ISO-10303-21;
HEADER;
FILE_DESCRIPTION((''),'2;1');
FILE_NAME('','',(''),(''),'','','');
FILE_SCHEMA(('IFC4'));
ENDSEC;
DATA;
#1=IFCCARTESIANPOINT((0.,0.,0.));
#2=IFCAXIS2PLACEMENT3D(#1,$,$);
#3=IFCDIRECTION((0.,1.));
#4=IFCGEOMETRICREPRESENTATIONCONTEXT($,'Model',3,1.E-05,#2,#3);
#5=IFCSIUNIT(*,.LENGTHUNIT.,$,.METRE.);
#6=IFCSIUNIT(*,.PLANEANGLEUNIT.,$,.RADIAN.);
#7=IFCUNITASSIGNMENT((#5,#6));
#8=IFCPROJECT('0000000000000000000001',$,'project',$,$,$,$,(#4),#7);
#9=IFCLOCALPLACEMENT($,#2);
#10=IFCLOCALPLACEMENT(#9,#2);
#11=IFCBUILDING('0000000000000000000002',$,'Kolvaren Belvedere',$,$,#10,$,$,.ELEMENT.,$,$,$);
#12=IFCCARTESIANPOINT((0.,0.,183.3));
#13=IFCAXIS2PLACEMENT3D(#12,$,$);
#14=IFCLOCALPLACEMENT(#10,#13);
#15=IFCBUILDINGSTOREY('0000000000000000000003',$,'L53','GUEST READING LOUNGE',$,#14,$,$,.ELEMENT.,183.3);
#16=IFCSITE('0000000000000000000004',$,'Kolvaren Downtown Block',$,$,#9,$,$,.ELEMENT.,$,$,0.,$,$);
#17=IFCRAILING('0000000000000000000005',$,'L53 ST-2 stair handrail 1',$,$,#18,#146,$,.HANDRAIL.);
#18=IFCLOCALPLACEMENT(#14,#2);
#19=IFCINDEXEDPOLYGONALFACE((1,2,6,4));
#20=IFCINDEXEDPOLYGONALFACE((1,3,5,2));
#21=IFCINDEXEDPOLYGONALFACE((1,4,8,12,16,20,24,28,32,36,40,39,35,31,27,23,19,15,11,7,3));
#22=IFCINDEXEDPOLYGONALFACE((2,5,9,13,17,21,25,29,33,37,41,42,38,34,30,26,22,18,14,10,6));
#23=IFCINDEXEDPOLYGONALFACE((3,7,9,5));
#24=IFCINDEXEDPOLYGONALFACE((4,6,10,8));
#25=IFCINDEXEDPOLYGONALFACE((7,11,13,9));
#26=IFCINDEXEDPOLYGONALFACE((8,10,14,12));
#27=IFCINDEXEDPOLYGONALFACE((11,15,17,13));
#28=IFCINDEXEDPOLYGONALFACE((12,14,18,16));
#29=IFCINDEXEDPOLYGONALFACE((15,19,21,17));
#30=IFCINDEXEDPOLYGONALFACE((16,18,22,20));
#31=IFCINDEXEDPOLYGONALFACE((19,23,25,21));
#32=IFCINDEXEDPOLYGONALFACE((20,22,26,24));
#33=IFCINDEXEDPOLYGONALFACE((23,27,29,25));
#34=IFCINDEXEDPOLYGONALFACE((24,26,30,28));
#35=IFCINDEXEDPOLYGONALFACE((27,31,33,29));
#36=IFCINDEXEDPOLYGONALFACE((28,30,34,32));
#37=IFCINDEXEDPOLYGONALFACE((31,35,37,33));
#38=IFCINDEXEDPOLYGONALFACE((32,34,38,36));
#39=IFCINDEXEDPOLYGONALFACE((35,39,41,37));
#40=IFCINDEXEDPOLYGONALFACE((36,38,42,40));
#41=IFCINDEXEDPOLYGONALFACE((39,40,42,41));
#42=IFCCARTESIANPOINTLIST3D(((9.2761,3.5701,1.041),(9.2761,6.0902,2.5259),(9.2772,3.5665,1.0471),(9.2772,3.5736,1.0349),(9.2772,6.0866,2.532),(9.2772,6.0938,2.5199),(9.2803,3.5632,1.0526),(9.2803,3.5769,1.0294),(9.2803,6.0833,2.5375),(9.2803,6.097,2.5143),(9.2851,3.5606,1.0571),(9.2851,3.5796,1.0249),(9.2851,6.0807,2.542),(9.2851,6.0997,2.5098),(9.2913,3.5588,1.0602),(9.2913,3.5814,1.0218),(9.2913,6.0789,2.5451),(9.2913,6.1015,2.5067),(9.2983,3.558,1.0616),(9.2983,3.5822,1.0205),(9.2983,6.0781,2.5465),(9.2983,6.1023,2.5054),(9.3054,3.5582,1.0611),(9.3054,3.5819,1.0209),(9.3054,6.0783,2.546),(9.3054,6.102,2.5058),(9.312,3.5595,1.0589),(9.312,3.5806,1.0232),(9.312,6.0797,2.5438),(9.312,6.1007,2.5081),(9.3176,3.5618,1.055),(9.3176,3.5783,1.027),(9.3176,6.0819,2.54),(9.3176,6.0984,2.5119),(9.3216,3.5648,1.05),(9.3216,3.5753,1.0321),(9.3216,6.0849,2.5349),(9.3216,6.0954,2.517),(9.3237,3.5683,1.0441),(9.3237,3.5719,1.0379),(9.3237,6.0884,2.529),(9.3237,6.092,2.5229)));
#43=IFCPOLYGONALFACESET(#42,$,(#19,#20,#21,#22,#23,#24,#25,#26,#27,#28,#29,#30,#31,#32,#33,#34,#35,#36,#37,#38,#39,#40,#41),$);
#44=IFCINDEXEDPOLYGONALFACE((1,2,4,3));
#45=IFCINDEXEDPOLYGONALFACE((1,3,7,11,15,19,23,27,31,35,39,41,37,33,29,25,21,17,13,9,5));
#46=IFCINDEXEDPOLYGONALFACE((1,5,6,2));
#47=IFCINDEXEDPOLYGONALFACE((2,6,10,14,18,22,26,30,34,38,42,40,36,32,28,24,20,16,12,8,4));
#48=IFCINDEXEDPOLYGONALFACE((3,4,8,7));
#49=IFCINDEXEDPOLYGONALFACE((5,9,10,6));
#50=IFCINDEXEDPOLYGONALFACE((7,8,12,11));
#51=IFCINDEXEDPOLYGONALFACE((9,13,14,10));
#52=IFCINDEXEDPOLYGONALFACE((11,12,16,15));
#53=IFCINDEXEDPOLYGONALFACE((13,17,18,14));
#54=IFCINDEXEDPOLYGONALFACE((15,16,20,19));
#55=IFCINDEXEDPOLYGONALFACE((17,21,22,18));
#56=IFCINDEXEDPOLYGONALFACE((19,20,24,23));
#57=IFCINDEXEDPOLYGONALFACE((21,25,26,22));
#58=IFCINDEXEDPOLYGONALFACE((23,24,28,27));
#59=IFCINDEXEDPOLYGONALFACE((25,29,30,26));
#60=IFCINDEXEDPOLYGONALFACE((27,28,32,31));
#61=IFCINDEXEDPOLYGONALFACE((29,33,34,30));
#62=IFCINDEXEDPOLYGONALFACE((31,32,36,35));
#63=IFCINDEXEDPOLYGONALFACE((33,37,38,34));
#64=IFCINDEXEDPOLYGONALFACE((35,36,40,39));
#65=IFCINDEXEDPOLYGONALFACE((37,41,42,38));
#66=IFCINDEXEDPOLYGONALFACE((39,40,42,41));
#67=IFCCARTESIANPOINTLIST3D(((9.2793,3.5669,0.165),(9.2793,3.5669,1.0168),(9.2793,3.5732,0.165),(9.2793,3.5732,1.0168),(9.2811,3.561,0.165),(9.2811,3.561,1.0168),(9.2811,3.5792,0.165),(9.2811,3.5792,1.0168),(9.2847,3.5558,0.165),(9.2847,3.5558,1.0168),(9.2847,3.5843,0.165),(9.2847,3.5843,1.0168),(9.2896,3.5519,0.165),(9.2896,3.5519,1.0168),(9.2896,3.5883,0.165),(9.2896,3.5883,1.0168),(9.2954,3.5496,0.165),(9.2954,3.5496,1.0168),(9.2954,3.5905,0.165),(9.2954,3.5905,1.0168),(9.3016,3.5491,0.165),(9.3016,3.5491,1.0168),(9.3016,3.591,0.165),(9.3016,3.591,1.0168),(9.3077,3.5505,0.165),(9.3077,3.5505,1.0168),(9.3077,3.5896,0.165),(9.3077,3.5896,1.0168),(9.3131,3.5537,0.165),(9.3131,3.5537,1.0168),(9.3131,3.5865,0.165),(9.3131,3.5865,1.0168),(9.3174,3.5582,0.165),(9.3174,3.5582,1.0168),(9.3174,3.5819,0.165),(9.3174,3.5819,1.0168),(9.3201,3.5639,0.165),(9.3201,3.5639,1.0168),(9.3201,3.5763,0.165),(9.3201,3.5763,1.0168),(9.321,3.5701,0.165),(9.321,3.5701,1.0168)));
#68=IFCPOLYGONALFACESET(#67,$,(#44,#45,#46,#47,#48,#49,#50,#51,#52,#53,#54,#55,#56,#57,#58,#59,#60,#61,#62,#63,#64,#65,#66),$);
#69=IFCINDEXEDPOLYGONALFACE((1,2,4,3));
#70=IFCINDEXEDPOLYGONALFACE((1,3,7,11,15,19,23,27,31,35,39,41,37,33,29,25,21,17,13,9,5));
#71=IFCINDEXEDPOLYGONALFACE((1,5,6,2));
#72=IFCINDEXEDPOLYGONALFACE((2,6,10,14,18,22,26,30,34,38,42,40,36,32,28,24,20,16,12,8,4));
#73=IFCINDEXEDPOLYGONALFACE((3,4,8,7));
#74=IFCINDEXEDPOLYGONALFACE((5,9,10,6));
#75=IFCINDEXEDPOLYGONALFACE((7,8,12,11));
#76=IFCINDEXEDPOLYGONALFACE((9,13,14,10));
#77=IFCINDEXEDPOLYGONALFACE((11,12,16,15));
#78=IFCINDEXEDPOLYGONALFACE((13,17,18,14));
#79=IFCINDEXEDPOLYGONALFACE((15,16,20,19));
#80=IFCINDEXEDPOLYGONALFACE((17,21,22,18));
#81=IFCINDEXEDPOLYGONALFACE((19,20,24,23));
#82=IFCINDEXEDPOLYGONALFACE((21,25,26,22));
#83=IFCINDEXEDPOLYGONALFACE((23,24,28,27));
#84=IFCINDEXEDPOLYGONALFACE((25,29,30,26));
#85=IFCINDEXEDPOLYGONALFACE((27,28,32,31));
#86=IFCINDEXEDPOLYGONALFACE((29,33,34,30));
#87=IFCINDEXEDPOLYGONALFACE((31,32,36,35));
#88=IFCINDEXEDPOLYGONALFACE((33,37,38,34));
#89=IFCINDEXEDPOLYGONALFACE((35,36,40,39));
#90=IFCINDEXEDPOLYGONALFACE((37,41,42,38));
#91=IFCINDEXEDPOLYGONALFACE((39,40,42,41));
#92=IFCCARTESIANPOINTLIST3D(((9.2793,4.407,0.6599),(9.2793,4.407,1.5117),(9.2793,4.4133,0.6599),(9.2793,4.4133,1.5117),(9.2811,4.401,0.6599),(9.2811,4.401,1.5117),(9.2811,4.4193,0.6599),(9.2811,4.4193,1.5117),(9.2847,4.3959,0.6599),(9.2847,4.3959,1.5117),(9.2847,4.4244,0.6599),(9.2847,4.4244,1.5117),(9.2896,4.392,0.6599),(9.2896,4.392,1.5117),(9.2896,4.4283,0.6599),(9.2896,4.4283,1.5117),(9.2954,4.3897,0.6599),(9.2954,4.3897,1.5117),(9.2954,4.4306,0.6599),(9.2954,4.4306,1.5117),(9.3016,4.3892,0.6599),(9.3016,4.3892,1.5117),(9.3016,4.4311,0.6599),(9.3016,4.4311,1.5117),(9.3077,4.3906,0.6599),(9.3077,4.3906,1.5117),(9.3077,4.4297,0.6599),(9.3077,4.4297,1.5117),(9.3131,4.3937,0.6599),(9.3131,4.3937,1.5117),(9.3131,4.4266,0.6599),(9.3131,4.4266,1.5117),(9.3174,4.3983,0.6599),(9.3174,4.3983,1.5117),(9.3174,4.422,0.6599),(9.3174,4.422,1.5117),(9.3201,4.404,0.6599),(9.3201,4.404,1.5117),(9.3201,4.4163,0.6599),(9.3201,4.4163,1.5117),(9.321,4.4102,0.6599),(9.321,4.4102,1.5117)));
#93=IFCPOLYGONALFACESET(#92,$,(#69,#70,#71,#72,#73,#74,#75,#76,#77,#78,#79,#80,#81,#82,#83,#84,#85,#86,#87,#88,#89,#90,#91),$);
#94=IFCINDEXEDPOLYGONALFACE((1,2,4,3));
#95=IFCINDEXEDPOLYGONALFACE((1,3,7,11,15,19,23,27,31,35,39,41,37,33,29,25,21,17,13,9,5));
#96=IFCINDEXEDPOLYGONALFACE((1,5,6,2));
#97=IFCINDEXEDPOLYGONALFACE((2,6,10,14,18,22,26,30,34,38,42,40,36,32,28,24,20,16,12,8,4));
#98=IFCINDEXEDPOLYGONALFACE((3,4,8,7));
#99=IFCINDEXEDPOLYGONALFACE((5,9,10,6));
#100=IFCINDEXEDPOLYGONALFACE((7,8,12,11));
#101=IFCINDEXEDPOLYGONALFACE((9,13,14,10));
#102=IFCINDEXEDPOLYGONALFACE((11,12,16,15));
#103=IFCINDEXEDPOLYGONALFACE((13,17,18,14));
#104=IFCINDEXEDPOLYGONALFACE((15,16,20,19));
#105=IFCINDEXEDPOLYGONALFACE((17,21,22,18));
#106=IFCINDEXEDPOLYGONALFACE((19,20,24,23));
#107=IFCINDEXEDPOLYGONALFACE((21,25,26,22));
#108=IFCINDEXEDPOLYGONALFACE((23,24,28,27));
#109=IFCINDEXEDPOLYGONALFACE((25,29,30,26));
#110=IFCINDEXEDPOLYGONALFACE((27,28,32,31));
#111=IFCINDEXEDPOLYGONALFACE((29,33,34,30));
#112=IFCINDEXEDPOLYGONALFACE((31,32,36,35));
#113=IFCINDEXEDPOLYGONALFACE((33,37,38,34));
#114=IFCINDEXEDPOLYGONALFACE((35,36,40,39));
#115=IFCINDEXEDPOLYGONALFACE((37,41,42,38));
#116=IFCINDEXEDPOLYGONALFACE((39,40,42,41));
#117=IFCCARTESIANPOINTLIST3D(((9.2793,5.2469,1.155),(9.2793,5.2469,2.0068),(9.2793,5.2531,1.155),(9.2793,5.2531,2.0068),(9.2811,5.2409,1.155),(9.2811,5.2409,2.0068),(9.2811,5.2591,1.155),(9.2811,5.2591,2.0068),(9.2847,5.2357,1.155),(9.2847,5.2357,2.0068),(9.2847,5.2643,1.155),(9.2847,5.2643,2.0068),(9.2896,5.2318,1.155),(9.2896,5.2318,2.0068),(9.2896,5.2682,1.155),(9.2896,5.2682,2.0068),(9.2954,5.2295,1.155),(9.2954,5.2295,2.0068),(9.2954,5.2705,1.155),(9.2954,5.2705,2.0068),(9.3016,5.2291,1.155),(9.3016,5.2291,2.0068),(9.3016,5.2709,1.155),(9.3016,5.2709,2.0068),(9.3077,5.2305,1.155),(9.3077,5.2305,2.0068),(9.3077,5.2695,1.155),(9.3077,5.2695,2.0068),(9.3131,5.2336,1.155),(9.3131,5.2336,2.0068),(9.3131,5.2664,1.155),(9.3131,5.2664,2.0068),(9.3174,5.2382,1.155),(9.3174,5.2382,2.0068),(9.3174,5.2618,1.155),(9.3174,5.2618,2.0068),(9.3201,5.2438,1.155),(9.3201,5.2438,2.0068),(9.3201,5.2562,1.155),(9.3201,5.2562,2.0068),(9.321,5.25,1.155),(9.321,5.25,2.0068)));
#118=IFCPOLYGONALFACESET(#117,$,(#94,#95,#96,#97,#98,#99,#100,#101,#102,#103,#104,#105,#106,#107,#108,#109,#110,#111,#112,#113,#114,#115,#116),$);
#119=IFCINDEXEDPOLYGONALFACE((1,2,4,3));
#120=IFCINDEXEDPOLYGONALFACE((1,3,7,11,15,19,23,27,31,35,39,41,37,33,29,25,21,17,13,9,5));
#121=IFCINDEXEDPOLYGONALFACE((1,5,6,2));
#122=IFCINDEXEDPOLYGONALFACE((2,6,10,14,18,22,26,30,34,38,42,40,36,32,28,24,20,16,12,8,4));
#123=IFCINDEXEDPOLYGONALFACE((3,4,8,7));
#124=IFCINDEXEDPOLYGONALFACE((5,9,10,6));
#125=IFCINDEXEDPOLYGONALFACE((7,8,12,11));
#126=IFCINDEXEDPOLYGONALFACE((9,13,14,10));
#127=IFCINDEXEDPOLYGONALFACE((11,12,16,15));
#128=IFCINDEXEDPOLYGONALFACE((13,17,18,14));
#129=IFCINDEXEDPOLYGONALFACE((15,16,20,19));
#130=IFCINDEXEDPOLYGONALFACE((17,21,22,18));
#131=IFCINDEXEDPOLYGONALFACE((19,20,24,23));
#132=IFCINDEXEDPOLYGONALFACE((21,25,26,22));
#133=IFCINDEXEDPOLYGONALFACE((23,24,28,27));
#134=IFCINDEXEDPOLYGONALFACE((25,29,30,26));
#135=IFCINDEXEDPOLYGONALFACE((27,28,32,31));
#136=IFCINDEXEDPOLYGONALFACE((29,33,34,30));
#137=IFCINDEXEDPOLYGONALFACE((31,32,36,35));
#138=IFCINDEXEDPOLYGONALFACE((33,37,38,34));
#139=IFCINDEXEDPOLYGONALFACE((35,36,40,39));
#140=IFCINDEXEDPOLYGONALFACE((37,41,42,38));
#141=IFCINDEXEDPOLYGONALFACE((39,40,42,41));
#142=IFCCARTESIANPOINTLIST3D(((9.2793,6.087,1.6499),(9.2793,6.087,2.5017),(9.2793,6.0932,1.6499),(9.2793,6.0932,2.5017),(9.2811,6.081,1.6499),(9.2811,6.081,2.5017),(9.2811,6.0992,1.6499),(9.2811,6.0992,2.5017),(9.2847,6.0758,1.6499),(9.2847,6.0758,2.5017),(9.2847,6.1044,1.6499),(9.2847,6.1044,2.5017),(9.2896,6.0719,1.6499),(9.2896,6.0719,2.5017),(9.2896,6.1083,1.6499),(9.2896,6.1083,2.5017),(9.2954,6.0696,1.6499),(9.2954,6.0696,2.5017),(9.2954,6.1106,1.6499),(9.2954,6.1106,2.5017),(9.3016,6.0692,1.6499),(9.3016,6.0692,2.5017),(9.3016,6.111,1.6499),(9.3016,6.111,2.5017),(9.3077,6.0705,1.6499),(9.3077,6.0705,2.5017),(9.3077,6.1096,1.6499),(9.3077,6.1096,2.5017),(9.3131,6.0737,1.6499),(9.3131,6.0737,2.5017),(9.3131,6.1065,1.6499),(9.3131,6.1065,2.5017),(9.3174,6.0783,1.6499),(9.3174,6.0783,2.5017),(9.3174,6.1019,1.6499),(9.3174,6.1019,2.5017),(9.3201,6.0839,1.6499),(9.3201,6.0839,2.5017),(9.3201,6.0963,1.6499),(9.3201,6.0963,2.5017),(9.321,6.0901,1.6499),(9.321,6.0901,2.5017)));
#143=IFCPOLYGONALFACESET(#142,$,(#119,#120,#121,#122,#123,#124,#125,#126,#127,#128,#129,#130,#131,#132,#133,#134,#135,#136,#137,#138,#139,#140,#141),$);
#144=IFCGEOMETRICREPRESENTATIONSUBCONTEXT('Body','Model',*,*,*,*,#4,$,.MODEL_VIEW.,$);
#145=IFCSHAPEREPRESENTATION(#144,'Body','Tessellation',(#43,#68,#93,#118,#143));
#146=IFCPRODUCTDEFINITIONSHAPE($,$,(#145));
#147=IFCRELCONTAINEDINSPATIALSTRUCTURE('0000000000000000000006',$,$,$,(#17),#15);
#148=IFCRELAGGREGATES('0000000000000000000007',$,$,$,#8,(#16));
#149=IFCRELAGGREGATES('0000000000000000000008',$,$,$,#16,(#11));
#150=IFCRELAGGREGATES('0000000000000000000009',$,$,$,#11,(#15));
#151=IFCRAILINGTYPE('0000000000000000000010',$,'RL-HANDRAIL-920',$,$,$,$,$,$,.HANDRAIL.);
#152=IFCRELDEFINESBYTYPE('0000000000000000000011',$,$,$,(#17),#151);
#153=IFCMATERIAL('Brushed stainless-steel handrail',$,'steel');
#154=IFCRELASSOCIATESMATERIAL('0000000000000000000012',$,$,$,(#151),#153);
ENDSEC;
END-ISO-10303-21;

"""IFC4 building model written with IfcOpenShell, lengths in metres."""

from ifc_helpers import new_model, si_unit, direction, frame, origin, origin_2d, place, context, subcontext, project, spatial, circle, extrude, material, type_object, element, save


model = new_model("IFC4")

# Units and contexts
model_context = context("Model", 3, precision=1e-05, world=origin(), true_north=direction((0.0, 1.0)))
body_context = subcontext(model_context, "Body", "Model", "MODEL_VIEW")
ifc_project = project(units=[si_unit("LENGTHUNIT", "METRE"), si_unit("PLANEANGLEUNIT", "RADIAN")], contexts=[model_context])

# Site, building, storey
site_placement = place(None, origin())
site = spatial("IfcSite", under=ifc_project, at=site_placement, Name="Kolvaren Downtown Block", CompositionType="ELEMENT", RefElevation=0.0)
building_placement = place(site_placement, origin())
building = spatial("IfcBuilding", under=site, at=building_placement, Name="Kolvaren Belvedere", CompositionType="ELEMENT")
storey_placement = place(building_placement, frame((0.0, 0.0, 183.3)))
storey = spatial("IfcBuildingStorey", under=building, at=storey_placement, Name="L53", Description="GUEST READING LOUNGE", CompositionType="ELEMENT", Elevation=183.3)

# Railing
ifc_material_1 = material(Name="Brushed stainless-steel handrail", Category="steel")
railing_type_1 = type_object("IfcRailingType", Name="RL-HANDRAIL-920", PredefinedType="HANDRAIL", material=ifc_material_1)
railing_1_placement = place(storey_placement, frame((9.3, 3.5701, 0.165)))
element("IfcRailing", 1, at=railing_1_placement, inside=storey, type_object=railing_type_1, Name="L53 ST-2 stair handrail 1", PredefinedType="HANDRAIL", context=body_context, shape_type="SweptSolid", body=[
    extrude(circle(Radius=0.0239, at=origin_2d()), frame((0.0, 0.0, 0.876), z_axis=(0.0, 0.861561, 0.507655), x_axis=(-1.0, 0.0, 0.0)), (0.0, 0.0, 1.0), 2.925),
    extrude(circle(Radius=0.021, at=origin_2d()), origin(), (0.0, 0.0, 1.0), 0.8518),
    extrude(circle(Radius=0.021, at=origin_2d()), frame((0.0, 0.8401, 0.4949)), (0.0, 0.0, 1.0), 0.8518),
    extrude(circle(Radius=0.021, at=origin_2d()), frame((0.0, 1.6799, 0.99)), (0.0, 0.0, 1.0), 0.8518),
    extrude(circle(Radius=0.021, at=origin_2d()), frame((0.0, 2.52, 1.4849)), (0.0, 0.0, 1.0), 0.8518),
])

save(model, "model.ifc")
